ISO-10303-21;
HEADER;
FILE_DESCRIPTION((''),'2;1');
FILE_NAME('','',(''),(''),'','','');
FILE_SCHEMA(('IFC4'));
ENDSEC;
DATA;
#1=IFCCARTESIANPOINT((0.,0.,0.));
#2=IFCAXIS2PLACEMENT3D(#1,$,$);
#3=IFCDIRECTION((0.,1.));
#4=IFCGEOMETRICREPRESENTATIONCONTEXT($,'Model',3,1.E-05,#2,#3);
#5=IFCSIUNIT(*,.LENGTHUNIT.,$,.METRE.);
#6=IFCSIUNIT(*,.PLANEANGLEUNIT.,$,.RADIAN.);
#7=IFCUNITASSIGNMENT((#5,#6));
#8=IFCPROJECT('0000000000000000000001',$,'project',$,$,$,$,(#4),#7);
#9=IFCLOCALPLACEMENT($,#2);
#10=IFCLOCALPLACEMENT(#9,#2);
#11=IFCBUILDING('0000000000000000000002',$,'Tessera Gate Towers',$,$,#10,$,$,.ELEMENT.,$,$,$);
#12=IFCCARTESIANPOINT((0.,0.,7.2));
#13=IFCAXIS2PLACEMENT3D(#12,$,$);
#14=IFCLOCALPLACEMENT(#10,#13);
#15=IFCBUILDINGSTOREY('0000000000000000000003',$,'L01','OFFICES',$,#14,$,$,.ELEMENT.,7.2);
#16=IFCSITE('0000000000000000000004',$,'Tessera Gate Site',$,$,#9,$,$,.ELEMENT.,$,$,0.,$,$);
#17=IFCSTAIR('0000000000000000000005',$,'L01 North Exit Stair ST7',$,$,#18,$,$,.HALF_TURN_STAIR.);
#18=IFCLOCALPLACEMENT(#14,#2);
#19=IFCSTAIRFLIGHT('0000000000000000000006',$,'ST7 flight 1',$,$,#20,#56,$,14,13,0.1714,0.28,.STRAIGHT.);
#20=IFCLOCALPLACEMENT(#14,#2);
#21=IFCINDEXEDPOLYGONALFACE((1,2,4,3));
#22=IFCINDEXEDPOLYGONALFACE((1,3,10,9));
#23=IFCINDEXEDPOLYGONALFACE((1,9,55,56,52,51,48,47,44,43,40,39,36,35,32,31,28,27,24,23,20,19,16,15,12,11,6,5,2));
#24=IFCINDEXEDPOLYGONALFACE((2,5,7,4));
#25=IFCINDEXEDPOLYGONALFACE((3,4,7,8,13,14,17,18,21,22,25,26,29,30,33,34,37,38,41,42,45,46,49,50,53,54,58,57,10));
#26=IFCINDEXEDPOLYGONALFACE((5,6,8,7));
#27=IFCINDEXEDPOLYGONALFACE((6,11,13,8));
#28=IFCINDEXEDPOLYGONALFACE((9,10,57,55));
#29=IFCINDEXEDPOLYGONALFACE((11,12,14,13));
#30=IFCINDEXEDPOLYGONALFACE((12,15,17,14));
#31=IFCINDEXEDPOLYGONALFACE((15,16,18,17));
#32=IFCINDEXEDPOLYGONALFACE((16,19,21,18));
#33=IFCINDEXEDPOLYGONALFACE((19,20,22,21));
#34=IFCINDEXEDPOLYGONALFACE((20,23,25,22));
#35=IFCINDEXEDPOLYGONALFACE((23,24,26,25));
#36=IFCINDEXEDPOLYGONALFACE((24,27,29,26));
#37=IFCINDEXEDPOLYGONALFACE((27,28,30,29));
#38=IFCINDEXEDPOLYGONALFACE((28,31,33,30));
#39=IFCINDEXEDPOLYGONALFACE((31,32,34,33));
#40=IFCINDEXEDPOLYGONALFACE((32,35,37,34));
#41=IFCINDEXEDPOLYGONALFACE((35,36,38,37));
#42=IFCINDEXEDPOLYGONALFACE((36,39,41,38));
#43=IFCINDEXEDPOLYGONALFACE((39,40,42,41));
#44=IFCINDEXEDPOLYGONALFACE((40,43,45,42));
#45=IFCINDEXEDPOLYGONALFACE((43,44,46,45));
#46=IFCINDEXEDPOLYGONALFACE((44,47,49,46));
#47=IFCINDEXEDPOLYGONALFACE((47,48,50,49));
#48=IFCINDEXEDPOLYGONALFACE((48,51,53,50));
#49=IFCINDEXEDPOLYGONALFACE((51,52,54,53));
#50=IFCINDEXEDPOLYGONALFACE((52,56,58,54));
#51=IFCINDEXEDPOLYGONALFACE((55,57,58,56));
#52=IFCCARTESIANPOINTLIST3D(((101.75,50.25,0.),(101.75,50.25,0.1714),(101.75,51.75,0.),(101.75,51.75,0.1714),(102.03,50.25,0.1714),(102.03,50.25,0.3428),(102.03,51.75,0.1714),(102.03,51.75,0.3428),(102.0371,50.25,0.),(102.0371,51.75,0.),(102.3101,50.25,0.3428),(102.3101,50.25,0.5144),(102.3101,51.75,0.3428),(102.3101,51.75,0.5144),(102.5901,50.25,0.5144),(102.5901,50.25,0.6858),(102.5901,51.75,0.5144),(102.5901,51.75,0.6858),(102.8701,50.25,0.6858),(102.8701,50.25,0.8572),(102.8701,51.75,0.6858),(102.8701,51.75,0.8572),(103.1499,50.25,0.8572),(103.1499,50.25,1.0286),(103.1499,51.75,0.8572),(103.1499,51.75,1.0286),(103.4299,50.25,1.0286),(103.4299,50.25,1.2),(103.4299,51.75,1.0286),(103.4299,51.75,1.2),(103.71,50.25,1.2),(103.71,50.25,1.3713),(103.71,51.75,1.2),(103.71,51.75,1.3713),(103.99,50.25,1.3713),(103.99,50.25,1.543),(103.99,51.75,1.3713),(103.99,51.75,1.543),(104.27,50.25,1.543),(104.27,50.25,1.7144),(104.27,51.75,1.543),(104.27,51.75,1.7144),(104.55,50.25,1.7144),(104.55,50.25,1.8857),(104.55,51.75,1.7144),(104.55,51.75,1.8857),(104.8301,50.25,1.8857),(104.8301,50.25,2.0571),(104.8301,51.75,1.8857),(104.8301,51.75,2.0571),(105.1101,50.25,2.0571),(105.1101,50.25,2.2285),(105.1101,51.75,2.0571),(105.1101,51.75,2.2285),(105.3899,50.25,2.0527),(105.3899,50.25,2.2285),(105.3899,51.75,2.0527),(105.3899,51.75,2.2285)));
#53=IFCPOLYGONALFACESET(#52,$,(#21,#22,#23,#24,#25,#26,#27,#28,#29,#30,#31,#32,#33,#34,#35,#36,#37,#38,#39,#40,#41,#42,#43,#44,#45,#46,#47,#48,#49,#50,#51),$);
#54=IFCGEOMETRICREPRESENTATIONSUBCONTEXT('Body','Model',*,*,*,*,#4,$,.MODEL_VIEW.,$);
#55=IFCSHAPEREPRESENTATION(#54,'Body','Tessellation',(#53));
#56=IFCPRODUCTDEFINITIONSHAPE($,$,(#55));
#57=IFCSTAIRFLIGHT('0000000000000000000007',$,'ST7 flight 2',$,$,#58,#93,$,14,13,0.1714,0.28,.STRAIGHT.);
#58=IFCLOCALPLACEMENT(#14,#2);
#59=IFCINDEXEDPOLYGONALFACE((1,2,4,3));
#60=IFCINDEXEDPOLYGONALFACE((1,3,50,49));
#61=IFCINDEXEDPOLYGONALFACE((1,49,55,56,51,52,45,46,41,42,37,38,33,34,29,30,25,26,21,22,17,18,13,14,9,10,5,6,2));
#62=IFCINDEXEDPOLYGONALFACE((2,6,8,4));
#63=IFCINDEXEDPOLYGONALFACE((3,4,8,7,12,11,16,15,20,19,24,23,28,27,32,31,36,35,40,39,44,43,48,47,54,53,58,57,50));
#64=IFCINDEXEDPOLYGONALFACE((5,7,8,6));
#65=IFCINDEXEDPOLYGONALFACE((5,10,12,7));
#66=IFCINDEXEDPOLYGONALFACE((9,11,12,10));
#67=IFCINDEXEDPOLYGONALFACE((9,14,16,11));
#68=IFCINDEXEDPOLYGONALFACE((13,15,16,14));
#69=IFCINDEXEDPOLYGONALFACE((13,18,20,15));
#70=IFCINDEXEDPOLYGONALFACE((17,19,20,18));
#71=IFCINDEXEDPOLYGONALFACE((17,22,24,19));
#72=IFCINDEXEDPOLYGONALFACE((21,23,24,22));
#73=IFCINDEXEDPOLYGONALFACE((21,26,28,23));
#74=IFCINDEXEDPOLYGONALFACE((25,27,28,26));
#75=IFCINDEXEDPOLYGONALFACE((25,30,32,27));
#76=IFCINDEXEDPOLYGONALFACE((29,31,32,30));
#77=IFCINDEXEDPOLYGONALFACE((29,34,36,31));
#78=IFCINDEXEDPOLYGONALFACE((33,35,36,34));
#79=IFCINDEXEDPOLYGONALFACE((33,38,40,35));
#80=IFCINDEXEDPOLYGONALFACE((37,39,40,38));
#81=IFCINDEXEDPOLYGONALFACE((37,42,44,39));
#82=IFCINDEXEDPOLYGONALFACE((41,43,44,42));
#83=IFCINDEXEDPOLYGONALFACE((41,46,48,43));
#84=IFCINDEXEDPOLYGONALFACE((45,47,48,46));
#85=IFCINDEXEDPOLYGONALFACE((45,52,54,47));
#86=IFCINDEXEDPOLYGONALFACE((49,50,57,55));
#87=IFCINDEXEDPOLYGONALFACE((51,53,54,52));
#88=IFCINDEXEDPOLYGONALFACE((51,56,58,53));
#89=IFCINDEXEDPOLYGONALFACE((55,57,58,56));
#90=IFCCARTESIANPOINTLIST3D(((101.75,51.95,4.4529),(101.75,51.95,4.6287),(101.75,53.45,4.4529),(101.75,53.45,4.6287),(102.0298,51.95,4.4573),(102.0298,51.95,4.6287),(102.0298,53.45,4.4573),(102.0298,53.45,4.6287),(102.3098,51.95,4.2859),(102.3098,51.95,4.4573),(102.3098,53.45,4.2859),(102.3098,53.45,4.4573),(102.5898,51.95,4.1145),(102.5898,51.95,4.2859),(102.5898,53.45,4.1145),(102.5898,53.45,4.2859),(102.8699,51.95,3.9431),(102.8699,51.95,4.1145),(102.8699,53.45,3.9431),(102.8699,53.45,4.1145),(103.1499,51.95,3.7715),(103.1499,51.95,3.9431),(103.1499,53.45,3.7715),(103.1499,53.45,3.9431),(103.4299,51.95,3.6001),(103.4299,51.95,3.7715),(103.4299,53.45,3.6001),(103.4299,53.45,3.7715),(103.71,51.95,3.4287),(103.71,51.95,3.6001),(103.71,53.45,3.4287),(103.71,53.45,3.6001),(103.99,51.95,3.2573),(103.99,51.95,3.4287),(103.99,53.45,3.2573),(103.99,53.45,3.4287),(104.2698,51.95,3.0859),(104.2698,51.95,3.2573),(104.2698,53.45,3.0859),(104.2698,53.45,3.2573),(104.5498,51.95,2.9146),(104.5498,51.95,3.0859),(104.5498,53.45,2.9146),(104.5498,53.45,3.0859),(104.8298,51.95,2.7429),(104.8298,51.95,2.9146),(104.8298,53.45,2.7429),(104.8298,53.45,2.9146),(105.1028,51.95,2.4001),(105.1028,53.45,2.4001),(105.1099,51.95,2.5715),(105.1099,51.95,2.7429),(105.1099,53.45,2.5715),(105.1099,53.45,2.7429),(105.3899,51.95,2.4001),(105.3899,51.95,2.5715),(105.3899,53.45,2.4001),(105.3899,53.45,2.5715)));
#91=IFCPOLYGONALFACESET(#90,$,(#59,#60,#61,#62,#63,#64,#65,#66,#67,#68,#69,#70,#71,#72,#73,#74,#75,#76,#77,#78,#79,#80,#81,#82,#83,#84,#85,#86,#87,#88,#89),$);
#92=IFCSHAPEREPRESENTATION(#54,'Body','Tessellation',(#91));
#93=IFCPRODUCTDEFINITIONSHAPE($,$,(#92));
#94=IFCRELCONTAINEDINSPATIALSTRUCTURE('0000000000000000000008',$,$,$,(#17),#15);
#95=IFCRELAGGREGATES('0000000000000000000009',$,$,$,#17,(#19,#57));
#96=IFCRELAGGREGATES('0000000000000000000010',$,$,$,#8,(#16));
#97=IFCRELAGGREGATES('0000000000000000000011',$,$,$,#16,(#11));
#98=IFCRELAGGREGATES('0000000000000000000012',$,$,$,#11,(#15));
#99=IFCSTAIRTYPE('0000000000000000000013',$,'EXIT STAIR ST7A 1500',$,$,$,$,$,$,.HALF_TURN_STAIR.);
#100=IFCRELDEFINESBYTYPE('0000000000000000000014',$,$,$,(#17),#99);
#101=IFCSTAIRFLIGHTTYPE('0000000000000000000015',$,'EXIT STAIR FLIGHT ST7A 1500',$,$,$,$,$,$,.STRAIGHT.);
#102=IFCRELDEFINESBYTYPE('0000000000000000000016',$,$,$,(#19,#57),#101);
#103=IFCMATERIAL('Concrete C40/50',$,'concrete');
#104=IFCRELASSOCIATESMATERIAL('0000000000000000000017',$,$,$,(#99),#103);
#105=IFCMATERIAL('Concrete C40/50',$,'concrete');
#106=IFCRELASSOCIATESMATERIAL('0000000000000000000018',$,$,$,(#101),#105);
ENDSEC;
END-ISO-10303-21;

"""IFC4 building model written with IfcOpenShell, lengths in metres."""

from ifc_helpers import new_model, si_unit, direction, frame, origin, place, context, subcontext, project, spatial, polyline, outline, extrude, material, type_object, element, aggregate, save


model = new_model("IFC4")

# Units and contexts
model_context = context("Model", 3, precision=1e-05, world=origin(), true_north=direction((0.0, 1.0)))
body_context = subcontext(model_context, "Body", "Model", "MODEL_VIEW")
ifc_project = project(units=[si_unit("LENGTHUNIT", "METRE"), si_unit("PLANEANGLEUNIT", "RADIAN")], contexts=[model_context])

# Site, building, storey
site_placement = place(None, origin())
site = spatial("IfcSite", under=ifc_project, at=site_placement, Name="Tessera Gate Site", CompositionType="ELEMENT", RefElevation=0.0)
building_placement = place(site_placement, origin())
building = spatial("IfcBuilding", under=site, at=building_placement, Name="Tessera Gate Towers", CompositionType="ELEMENT")
storey_placement = place(building_placement, frame((0.0, 0.0, 7.2)))
storey = spatial("IfcBuildingStorey", under=building, at=storey_placement, Name="L01", Description="OFFICES", CompositionType="ELEMENT", Elevation=7.2)

# Stair, stair flights
ifc_material_1 = material(Name="Concrete C40/50", Category="concrete")
stair_type = type_object("IfcStairType", Name="EXIT STAIR ST7A 1500", PredefinedType="HALF_TURN_STAIR", material=ifc_material_1)
stair_placement = place(storey_placement, origin())
stair = element("IfcStair", 1, at=stair_placement, inside=storey, type_object=stair_type, Name="L01 North Exit Stair ST7", PredefinedType="HALF_TURN_STAIR")
ifc_material_2 = material(Name="Concrete C40/50", Category="concrete")
stair_flight_type = type_object("IfcStairFlightType", Name="EXIT STAIR FLIGHT ST7A 1500", PredefinedType="STRAIGHT", material=ifc_material_2)
stair_flight_1_placement = place(storey_placement, frame((101.75, 51.0, 0.0), z_axis=(0.0, 0.0, 1.0), x_axis=(1.0, 0.0, 0.0)))
stair_flight_1 = element("IfcStairFlight", 2, at=stair_flight_1_placement, type_object=stair_flight_type, Name="ST7 flight 1", NumberOfRisers=14, NumberOfTreads=13, PredefinedType="STRAIGHT", RiserHeight=0.1714, TreadLength=0.28, context=body_context, shape_type="SweptSolid", body=[
    extrude(outline(polyline([(0.0, 0.0), (0.0, 0.1714), (0.28, 0.1714), (0.28, 0.3428), (0.5601, 0.3428), (0.5601, 0.5144), (0.8401, 0.5144), (0.8401, 0.6858), (1.1201, 0.6858), (1.1201, 0.8572), (1.3999, 0.8572), (1.3999, 1.0286), (1.6799, 1.0286), (1.6799, 1.2), (1.96, 1.2), (1.96, 1.3713), (2.24, 1.3713), (2.24, 1.543), (2.52, 1.543), (2.52, 1.7144), (2.8, 1.7144), (2.8, 1.8857), (3.0801, 1.8857), (3.0801, 2.0571), (3.3601, 2.0571), (3.3601, 2.2285), (3.6399, 2.2285), (3.6399, 2.3999), (3.6399, 2.0527), (0.2871, 0.0), (0.0, 0.0)])), frame((0.0, 0.75, 0.0), z_axis=(0.0, -1.0, 0.0), x_axis=(1.0, 0.0, 0.0)), (0.0, 0.0, 1.0), 1.5),
])
stair_flight_2_placement = place(storey_placement, frame((105.3899, 52.7, 2.4001), z_axis=(0.0, 0.0, 1.0), x_axis=(-1.0, 0.0, 0.0)))
stair_flight_2 = element("IfcStairFlight", 3, at=stair_flight_2_placement, type_object=stair_flight_type, Name="ST7 flight 2", NumberOfRisers=14, NumberOfTreads=13, PredefinedType="STRAIGHT", RiserHeight=0.1714, TreadLength=0.28, context=body_context, shape_type="SweptSolid", body=[
    extrude(outline(polyline([(0.0, 0.0), (0.0, 0.1714), (0.28, 0.1714), (0.28, 0.3428), (0.5601, 0.3428), (0.5601, 0.5144), (0.8401, 0.5144), (0.8401, 0.6858), (1.1201, 0.6858), (1.1201, 0.8572), (1.3999, 0.8572), (1.3999, 1.0286), (1.6799, 1.0286), (1.6799, 1.2), (1.96, 1.2), (1.96, 1.3713), (2.24, 1.3713), (2.24, 1.543), (2.52, 1.543), (2.52, 1.7144), (2.8, 1.7144), (2.8, 1.8857), (3.0801, 1.8857), (3.0801, 2.0571), (3.3601, 2.0571), (3.3601, 2.2285), (3.6399, 2.2285), (3.6399, 2.3999), (3.6399, 2.0527), (0.2871, 0.0), (0.0, 0.0)])), frame((0.0, 0.75, 0.0), z_axis=(0.0, -1.0, 0.0), x_axis=(1.0, 0.0, 0.0)), (0.0, 0.0, 1.0), 1.5),
])
aggregate(stair, [stair_flight_1, stair_flight_2])

save(model, "model.ifc")
